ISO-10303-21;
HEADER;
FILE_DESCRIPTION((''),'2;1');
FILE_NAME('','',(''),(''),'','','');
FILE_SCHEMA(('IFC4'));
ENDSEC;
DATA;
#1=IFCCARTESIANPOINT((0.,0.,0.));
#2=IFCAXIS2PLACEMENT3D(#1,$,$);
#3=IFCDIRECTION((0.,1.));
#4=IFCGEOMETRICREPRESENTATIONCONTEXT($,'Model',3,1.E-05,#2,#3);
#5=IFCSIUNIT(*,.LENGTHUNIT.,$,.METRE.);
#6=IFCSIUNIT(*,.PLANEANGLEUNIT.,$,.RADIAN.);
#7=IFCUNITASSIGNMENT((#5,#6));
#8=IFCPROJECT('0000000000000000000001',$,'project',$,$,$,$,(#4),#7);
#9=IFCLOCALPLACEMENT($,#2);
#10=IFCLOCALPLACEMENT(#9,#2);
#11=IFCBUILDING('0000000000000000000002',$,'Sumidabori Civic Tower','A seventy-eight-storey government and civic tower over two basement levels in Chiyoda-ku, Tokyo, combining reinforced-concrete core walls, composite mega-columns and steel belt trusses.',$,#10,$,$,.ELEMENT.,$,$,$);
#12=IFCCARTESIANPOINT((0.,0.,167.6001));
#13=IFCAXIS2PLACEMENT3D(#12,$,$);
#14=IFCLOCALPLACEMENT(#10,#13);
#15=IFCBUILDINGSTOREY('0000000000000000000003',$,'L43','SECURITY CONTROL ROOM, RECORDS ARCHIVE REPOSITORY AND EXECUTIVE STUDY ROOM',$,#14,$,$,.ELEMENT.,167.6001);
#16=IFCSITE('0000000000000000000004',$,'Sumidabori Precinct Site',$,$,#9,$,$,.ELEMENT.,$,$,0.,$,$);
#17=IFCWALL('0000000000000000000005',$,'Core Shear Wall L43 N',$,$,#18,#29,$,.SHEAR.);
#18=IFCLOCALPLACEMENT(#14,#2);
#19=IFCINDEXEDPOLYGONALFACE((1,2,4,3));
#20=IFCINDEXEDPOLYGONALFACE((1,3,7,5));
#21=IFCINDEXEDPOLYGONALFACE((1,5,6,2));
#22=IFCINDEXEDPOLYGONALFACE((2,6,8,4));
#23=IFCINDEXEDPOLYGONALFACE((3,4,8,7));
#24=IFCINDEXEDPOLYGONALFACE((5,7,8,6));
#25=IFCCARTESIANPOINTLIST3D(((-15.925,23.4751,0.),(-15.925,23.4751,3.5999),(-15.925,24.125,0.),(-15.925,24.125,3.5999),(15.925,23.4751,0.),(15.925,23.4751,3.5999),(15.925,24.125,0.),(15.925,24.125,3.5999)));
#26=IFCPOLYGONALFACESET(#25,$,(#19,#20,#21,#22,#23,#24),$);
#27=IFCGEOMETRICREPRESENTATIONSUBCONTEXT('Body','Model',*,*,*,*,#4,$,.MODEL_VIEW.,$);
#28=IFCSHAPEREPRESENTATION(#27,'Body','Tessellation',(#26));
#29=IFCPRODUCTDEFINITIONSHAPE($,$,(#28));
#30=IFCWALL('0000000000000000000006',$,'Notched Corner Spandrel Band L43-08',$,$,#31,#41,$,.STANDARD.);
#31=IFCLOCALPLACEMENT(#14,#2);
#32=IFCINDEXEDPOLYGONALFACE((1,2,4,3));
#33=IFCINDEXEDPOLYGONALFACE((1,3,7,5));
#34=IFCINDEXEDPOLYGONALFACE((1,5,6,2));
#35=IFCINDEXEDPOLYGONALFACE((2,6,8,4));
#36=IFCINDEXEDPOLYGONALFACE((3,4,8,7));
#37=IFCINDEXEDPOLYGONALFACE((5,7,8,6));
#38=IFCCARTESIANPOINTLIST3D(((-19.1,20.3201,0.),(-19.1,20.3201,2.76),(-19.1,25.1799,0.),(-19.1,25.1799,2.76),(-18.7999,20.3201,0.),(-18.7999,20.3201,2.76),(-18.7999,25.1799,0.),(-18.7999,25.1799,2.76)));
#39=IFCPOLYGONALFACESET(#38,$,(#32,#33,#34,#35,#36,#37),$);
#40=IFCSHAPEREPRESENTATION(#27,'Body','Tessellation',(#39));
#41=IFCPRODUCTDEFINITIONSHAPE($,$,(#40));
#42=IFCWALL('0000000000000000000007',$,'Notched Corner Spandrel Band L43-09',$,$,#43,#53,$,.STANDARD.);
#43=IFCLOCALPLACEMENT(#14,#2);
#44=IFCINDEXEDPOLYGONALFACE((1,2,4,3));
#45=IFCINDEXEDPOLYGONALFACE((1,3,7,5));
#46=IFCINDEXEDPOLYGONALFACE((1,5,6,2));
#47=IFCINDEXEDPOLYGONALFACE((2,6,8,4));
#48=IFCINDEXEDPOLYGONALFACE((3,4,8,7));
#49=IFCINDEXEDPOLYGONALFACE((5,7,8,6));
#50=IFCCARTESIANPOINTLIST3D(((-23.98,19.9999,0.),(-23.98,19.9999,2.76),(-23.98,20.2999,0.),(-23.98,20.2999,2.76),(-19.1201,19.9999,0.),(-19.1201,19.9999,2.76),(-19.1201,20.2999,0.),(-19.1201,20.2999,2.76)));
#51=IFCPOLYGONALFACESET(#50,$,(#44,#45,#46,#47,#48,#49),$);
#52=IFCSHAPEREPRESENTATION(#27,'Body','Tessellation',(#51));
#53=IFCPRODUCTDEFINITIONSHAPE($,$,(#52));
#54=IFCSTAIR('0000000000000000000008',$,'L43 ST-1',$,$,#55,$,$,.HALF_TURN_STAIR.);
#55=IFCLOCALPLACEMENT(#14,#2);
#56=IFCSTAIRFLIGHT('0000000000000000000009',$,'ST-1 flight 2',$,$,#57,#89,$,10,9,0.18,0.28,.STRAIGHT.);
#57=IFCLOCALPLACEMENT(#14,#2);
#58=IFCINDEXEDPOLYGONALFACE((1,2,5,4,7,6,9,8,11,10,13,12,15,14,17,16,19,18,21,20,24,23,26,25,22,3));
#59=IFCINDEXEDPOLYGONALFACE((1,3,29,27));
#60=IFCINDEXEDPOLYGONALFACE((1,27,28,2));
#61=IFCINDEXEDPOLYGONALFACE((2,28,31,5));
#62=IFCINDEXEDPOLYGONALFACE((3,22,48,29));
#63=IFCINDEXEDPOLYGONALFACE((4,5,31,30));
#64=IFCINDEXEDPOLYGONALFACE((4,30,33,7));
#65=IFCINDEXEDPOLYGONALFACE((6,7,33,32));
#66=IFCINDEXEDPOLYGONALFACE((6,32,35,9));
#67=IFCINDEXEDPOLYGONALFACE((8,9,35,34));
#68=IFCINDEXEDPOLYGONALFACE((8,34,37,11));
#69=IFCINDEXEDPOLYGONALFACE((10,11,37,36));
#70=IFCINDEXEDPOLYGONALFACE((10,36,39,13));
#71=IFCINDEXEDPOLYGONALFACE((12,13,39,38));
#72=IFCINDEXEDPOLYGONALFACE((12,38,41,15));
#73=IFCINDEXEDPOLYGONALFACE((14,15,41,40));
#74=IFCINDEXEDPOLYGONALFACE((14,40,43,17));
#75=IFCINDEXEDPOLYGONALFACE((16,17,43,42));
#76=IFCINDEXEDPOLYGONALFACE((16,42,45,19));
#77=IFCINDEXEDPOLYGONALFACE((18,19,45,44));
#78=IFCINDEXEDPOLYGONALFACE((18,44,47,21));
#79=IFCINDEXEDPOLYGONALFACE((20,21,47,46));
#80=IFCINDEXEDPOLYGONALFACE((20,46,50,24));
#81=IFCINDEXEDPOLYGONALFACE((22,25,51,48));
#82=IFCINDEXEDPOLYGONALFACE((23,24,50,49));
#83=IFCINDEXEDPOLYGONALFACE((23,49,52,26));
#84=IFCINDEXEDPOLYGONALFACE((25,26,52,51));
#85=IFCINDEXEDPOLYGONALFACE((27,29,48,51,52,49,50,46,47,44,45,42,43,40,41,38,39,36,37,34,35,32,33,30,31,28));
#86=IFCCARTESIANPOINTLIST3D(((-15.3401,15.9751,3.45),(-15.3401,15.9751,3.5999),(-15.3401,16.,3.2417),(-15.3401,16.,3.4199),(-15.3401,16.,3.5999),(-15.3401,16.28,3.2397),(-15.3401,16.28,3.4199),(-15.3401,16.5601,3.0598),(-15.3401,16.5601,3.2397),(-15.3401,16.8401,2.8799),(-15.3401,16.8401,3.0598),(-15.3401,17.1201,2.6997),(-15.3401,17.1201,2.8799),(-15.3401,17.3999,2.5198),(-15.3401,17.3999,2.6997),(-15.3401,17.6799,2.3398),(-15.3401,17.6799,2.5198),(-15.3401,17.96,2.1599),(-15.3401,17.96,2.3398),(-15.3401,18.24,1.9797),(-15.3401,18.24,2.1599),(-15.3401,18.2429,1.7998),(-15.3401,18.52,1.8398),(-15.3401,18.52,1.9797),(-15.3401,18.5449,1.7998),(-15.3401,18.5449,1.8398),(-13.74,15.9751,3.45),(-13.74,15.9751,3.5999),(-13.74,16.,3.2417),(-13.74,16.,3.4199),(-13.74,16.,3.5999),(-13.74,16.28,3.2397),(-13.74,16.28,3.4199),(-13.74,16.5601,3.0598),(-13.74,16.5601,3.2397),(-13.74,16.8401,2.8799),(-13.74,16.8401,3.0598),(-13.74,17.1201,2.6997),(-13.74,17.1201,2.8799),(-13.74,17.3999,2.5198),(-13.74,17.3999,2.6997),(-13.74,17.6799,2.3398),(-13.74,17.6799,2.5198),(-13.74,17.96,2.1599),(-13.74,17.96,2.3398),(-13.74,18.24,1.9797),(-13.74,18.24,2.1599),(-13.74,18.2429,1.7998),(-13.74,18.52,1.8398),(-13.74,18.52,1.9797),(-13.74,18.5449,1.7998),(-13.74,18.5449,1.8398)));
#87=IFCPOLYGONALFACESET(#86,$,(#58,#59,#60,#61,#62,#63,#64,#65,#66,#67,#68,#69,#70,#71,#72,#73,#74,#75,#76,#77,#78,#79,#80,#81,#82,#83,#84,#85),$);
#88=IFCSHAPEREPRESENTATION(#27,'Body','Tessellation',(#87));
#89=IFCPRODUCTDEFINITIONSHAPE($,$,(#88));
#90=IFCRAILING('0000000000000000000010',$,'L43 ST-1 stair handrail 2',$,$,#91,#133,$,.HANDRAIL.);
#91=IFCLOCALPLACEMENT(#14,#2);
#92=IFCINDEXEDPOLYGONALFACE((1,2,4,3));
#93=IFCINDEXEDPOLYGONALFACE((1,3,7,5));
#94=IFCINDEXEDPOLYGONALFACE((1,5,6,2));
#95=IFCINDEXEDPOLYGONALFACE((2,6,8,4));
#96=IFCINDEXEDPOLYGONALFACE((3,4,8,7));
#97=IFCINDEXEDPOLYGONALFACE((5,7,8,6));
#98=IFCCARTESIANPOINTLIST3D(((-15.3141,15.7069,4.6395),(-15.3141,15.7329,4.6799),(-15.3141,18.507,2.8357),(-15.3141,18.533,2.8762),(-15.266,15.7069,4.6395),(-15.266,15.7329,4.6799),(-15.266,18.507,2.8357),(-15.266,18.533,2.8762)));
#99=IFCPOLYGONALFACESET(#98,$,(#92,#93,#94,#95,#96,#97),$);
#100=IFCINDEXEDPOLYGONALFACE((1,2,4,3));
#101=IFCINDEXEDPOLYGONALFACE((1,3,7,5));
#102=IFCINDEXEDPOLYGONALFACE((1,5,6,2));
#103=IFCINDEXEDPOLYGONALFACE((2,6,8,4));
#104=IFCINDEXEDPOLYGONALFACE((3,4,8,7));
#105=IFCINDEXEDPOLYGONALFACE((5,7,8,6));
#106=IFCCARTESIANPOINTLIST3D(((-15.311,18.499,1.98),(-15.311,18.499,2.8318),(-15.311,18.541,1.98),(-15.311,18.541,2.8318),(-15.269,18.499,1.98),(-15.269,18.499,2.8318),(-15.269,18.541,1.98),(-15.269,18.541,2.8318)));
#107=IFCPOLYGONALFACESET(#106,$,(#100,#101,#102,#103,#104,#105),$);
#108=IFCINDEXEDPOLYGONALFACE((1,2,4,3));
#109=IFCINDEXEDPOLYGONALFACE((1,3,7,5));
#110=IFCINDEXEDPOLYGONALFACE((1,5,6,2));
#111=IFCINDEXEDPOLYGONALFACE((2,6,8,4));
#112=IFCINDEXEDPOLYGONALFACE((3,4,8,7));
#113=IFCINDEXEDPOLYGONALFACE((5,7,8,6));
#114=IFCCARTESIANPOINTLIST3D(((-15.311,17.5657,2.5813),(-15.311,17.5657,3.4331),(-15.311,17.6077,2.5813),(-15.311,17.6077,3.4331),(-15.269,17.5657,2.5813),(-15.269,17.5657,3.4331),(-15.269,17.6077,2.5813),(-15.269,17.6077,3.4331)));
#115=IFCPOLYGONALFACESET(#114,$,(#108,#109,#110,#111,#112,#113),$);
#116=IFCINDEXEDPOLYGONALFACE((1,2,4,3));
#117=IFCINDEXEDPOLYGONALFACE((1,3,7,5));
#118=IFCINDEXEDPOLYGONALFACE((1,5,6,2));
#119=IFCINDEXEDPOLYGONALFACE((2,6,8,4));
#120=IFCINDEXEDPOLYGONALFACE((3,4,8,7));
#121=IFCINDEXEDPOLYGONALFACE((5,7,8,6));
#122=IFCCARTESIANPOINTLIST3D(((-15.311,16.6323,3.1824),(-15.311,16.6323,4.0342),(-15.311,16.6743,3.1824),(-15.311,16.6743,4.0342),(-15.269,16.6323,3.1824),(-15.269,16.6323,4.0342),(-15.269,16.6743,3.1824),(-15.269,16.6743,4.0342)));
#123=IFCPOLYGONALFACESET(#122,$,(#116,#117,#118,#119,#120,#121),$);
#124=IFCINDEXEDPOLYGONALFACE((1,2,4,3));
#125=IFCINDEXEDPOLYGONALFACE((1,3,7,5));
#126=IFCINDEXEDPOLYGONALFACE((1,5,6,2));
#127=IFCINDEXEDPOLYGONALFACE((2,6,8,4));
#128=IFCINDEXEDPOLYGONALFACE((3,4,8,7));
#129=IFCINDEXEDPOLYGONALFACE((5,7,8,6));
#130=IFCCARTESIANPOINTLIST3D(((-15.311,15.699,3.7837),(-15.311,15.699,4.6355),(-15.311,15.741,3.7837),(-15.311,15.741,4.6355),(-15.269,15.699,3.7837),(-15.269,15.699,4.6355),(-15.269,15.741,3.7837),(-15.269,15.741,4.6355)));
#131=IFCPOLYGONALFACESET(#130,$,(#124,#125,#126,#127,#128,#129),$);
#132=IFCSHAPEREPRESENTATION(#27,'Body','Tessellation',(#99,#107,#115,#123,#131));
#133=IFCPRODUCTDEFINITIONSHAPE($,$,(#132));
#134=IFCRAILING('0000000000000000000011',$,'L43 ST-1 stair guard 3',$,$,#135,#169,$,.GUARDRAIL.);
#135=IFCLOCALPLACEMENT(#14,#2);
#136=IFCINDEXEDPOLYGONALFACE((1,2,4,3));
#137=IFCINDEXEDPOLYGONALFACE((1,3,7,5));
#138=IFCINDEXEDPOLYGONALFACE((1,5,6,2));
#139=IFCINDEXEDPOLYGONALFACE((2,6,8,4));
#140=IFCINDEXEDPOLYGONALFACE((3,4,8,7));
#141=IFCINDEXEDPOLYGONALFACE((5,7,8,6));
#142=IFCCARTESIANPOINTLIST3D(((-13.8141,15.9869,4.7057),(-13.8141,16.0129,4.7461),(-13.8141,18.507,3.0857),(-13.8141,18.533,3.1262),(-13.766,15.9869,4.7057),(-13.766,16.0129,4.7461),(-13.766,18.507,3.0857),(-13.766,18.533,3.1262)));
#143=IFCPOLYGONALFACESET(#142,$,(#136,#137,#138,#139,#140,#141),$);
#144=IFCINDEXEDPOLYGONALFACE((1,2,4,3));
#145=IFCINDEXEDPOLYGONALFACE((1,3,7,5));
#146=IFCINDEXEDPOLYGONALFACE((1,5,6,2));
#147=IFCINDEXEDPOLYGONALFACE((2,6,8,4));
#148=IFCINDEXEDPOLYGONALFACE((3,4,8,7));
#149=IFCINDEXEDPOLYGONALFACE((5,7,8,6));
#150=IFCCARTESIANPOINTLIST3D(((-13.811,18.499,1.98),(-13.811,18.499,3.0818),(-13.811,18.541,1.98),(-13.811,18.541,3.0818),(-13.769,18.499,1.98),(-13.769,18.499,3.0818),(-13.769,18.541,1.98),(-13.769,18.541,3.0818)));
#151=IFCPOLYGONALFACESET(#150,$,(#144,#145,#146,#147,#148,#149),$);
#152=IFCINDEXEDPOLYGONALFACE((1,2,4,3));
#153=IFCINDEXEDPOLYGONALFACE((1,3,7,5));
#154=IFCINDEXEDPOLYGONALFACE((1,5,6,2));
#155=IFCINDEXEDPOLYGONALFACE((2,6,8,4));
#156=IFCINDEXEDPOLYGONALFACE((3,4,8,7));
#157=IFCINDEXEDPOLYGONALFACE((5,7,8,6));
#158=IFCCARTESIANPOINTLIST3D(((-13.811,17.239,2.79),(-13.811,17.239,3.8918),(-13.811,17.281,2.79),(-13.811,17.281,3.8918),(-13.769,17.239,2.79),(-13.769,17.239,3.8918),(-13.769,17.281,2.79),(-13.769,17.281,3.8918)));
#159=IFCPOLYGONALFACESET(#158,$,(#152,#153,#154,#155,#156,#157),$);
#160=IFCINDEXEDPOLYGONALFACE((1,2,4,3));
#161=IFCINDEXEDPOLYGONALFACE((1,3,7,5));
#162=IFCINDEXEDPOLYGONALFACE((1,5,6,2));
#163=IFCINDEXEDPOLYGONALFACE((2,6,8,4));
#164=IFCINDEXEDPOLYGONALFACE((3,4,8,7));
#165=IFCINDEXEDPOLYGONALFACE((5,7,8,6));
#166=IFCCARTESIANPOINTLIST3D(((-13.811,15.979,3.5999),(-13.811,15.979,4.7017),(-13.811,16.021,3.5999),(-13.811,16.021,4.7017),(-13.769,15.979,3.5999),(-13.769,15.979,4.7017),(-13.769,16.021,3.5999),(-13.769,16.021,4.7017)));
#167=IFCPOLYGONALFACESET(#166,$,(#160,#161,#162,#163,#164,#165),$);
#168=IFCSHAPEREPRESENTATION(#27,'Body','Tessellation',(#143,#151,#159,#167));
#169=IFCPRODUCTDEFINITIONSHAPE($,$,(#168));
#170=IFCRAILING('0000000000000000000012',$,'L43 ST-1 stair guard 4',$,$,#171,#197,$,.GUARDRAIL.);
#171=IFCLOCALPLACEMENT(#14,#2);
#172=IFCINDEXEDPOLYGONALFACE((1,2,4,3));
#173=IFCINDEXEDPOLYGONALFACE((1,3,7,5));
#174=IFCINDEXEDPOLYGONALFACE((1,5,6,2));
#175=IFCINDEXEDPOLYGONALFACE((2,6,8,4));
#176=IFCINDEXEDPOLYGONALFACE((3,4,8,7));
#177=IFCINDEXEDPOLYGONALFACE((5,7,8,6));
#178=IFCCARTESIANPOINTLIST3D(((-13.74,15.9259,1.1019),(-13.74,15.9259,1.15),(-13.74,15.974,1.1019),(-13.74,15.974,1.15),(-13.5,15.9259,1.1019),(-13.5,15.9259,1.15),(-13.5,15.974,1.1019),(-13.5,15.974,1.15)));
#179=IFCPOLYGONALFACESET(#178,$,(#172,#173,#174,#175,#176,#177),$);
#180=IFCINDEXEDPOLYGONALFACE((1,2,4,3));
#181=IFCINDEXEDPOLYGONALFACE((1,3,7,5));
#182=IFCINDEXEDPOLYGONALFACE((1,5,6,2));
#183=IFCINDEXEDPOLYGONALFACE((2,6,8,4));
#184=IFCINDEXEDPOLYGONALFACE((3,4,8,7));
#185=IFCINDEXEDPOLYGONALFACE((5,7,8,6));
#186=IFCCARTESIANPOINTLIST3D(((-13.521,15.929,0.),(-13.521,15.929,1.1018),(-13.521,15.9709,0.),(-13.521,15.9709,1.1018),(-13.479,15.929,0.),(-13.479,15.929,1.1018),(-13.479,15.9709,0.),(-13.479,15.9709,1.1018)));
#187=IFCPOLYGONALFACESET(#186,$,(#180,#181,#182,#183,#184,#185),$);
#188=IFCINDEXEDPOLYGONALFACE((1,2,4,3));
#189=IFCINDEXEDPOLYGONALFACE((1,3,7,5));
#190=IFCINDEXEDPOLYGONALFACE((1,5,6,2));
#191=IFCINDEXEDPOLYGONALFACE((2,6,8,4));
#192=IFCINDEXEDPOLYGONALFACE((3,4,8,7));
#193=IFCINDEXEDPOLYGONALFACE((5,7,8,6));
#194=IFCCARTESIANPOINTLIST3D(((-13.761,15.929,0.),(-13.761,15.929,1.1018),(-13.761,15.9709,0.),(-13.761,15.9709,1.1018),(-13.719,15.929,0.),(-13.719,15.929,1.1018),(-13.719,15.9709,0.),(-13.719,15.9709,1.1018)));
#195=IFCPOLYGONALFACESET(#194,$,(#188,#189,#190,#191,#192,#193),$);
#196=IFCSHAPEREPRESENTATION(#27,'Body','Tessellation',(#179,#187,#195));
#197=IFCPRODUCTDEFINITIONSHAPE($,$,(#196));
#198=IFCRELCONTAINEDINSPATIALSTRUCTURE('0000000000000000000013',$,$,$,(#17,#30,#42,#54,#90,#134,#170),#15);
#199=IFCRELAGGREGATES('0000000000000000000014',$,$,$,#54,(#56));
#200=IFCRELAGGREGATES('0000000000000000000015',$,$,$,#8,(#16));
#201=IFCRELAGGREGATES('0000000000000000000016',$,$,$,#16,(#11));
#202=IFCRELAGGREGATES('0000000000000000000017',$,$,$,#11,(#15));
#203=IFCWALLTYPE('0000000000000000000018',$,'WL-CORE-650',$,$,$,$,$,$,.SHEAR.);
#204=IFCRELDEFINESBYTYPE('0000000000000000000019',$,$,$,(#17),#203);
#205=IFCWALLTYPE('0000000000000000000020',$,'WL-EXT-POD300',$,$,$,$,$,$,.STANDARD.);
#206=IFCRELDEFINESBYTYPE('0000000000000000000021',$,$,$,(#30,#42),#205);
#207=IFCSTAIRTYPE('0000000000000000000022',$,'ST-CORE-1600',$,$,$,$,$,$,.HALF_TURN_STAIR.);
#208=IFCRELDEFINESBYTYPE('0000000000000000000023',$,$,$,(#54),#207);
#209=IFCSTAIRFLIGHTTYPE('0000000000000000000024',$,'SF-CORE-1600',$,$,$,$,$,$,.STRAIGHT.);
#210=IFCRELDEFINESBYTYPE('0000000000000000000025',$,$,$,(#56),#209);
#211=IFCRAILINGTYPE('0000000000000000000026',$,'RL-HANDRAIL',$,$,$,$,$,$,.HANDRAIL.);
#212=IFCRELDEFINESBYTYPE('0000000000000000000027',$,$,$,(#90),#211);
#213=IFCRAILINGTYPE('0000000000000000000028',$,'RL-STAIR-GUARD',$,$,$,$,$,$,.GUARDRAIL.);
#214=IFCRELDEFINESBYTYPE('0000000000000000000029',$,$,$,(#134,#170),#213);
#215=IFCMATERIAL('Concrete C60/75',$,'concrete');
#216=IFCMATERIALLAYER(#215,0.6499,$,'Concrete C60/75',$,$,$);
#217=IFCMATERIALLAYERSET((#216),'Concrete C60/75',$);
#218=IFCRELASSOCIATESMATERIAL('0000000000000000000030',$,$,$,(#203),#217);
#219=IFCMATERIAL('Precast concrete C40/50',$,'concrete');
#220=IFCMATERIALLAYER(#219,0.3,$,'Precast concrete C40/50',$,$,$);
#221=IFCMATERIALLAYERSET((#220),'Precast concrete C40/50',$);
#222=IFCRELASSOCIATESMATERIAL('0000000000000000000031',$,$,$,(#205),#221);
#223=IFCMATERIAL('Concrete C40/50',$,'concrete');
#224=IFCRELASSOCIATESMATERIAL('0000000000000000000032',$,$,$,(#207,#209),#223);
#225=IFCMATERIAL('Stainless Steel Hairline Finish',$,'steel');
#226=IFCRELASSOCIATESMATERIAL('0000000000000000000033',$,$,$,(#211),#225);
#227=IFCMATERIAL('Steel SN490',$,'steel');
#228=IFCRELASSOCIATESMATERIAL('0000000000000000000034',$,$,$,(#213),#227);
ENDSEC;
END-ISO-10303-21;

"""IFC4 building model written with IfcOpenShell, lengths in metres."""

from ifc_helpers import new_model, si_unit, direction, frame, frame_2d, origin, origin_2d, place, context, subcontext, project, spatial, polyline, rectangle, outline, extrude, source, transform, mapped, material, layer, layer_set, type_object, element, aggregate, save


model = new_model("IFC4")

# Units and contexts
model_context = context("Model", 3, precision=1e-05, world=origin(), true_north=direction((0.0, 1.0)))
body_context = subcontext(model_context, "Body", "Model", "MODEL_VIEW")
ifc_project = project(units=[si_unit("LENGTHUNIT", "METRE"), si_unit("PLANEANGLEUNIT", "RADIAN")], contexts=[model_context])

# Site, building, storey
site_placement = place(None, origin())
site = spatial("IfcSite", under=ifc_project, at=site_placement, Name="Sumidabori Precinct Site", CompositionType="ELEMENT", RefElevation=0.0)
building_placement = place(site_placement, origin())
building = spatial("IfcBuilding", under=site, at=building_placement, Name="Sumidabori Civic Tower", Description="A seventy-eight-storey government and civic tower over two basement levels in Chiyoda-ku, Tokyo, combining reinforced-concrete core walls, composite mega-columns and steel belt trusses.", CompositionType="ELEMENT")
storey_placement = place(building_placement, frame((0.0, 0.0, 167.6001)))
storey = spatial("IfcBuildingStorey", under=building, at=storey_placement, Name="L43", Description="SECURITY CONTROL ROOM, RECORDS ARCHIVE REPOSITORY AND EXECUTIVE STUDY ROOM", CompositionType="ELEMENT", Elevation=167.6001)

# Shared definitions
ifc_material_1 = material(Name="Concrete C60/75", Category="concrete")

# Shared definitions
ifc_material_2 = material(Name="Steel SN490", Category="steel")

# Walls
ifc_layer_1 = layer(ifc_material_1, 0.6499, Name="Concrete C60/75")
ifc_layer_set_1 = layer_set([ifc_layer_1], Name="Concrete C60/75")
wall_type_1 = type_object("IfcWallType", Name="WL-CORE-650", PredefinedType="SHEAR", material=ifc_layer_set_1)
shared_shape_1 = source(origin(), body_context, "Body", "SweptSolid", [
    extrude(rectangle(XDim=31.8501, YDim=0.6499, at=frame_2d((15.925, 0.0))), origin(), (0.0, 0.0, 1.0), 3.5999),
])
wall_placement = place(storey_placement, frame((-15.925, 23.8, 0.0), z_axis=(0.0, 0.0, 1.0), x_axis=(1.0, 0.0, 0.0)))
element("IfcWall", 1, at=wall_placement, inside=storey, type_object=wall_type_1, Name="Core Shear Wall L43 N", PredefinedType="SHEAR", context=body_context, shape_type="MappedRepresentation", body=[
    mapped(shared_shape_1, transform((0.0, 0.0, 0.0), x_axis=(1.0, 0.0, 0.0), y_axis=(0.0, 1.0, 0.0), z_axis=(0.0, 0.0, 1.0), scale=1.0)),
])
ifc_material_3 = material(Name="Precast concrete C40/50", Category="concrete")
ifc_layer_2 = layer(ifc_material_3, 0.3, Name="Precast concrete C40/50")
ifc_layer_set_2 = layer_set([ifc_layer_2], Name="Precast concrete C40/50")
wall_type_2 = type_object("IfcWallType", Name="WL-EXT-POD300", PredefinedType="STANDARD", material=ifc_layer_set_2)
shared_shape_2 = source(origin(), body_context, "Body", "SweptSolid", [
    extrude(rectangle(XDim=4.8599, YDim=0.3, at=frame_2d((2.4299, 0.0))), origin(), (0.0, 0.0, 1.0), 2.76),
])
for number, where, z_axis, x_axis, name in (
    (2, (-18.95, 25.1799, 0.0), (0.0, 0.0, 1.0), (0.0, -1.0, 0.0), "Notched Corner Spandrel Band L43-08"),
    (3, (-19.1201, 20.1499, 0.0), (0.0, 0.0, 1.0), (-1.0, 0.0, 0.0), "Notched Corner Spandrel Band L43-09"),
):
    element("IfcWall", number, at=place(storey_placement, frame(where, z_axis=z_axis, x_axis=x_axis)), inside=storey, type_object=wall_type_2, Name=name, PredefinedType="STANDARD", context=body_context, shape_type="MappedRepresentation", body=[
        mapped(shared_shape_2, transform((0.0, 0.0, 0.0), x_axis=(1.0, 0.0, 0.0), y_axis=(0.0, 1.0, 0.0), z_axis=(0.0, 0.0, 1.0), scale=1.0)),
    ])

# Stair, stair flight
ifc_material_4 = material(Name="Concrete C40/50", Category="concrete")
stair_type = type_object("IfcStairType", Name="ST-CORE-1600", PredefinedType="HALF_TURN_STAIR", material=ifc_material_4)
stair_placement = place(storey_placement, origin())
stair = element("IfcStair", 4, at=stair_placement, inside=storey, type_object=stair_type, Name="L43 ST-1", PredefinedType="HALF_TURN_STAIR")
stair_flight_type = type_object("IfcStairFlightType", Name="SF-CORE-1600", PredefinedType="STRAIGHT", material=ifc_material_4)
shared_shape_3 = source(origin(), body_context, "Body", "SweptSolid", [
    extrude(outline(polyline([(-0.0249, 0.0), (-0.0249, 0.04), (0.0, 0.04), (0.0, 0.1799), (0.28, 0.1799), (0.28, 0.3601), (0.5601, 0.3601), (0.5601, 0.54), (0.8401, 0.54), (0.8401, 0.72), (1.1201, 0.72), (1.1201, 0.8999), (1.3999, 0.8999), (1.3999, 1.0801), (1.6799, 1.0801), (1.6799, 1.26), (1.96, 1.26), (1.96, 1.4399), (2.24, 1.4399), (2.24, 1.6201), (2.52, 1.6201), (2.52, 1.8), (2.5449, 1.8), (2.5449, 1.6501), (2.52, 1.4419), (0.2771, 0.0), (-0.0249, 0.0)])), frame((0.0, 0.8, 0.0), z_axis=(0.0, -1.0, 0.0), x_axis=(1.0, 0.0, 0.0)), (0.0, 0.0, 1.0), 1.6001),
])
stair_flight_placement = place(storey_placement, frame((-14.54, 18.52, 1.7998), z_axis=(0.0, 0.0, 1.0), x_axis=(0.0, -1.0, 0.0)))
stair_flight = element("IfcStairFlight", 5, at=stair_flight_placement, type_object=stair_flight_type, Name="ST-1 flight 2", NumberOfRisers=10, NumberOfTreads=9, PredefinedType="STRAIGHT", RiserHeight=0.18, TreadLength=0.28, context=body_context, shape_type="MappedRepresentation", body=[
    mapped(shared_shape_3, transform((0.0, 0.0, 0.0), x_axis=(1.0, 0.0, 0.0), y_axis=(0.0, 1.0, 0.0), z_axis=(0.0, 0.0, 1.0), scale=1.0)),
])
aggregate(stair, [stair_flight])

# Railings
ifc_material_5 = material(Name="Stainless Steel Hairline Finish", Category="steel")
railing_type_1 = type_object("IfcRailingType", Name="RL-HANDRAIL", PredefinedType="HANDRAIL", material=ifc_material_5)
railing_1_placement = place(storey_placement, frame((-15.29, 18.52, 1.98)))
element("IfcRailing", 6, at=railing_1_placement, inside=storey, type_object=railing_type_1, Name="L43 ST-1 stair handrail 2", PredefinedType="HANDRAIL", context=body_context, shape_type="SweptSolid", body=[
    extrude(rectangle(XDim=0.0481, YDim=0.0481, at=origin_2d()), frame((0.0, 0.0, 0.876), z_axis=(0.0, -0.840676, 0.541539), x_axis=(1.0, 0.0, 0.0)), (0.0, 0.0, 1.0), 3.3308),
    extrude(rectangle(XDim=0.042, YDim=0.042, at=origin_2d()), origin(), (0.0, 0.0, 1.0), 0.8518),
    extrude(rectangle(XDim=0.042, YDim=0.042, at=origin_2d()), frame((0.0, -0.9333, 0.6013)), (0.0, 0.0, 1.0), 0.8518),
    extrude(rectangle(XDim=0.042, YDim=0.042, at=origin_2d()), frame((0.0, -1.8667, 1.2024)), (0.0, 0.0, 1.0), 0.8518),
    extrude(rectangle(XDim=0.042, YDim=0.042, at=origin_2d()), frame((0.0, -2.8, 1.8037)), (0.0, 0.0, 1.0), 0.8518),
])
railing_type_2 = type_object("IfcRailingType", Name="RL-STAIR-GUARD", PredefinedType="GUARDRAIL", material=ifc_material_2)
railing_2_placement = place(storey_placement, frame((-13.79, 18.52, 1.98)))
element("IfcRailing", 7, at=railing_2_placement, inside=storey, type_object=railing_type_2, Name="L43 ST-1 stair guard 3", PredefinedType="GUARDRAIL", context=body_context, shape_type="SweptSolid", body=[
    extrude(rectangle(XDim=0.0481, YDim=0.0481, at=origin_2d()), frame((0.0, 0.0, 1.126), z_axis=(0.0, -0.8412, 0.540725), x_axis=(1.0, 0.0, 0.0)), (0.0, 0.0, 1.0), 2.9958),
    extrude(rectangle(XDim=0.042, YDim=0.042, at=origin_2d()), origin(), (0.0, 0.0, 1.0), 1.1018),
    extrude(rectangle(XDim=0.042, YDim=0.042, at=origin_2d()), frame((0.0, -1.26, 0.8101)), (0.0, 0.0, 1.0), 1.1018),
    extrude(rectangle(XDim=0.042, YDim=0.042, at=origin_2d()), frame((0.0, -2.52, 1.6199)), (0.0, 0.0, 1.0), 1.1018),
])
railing_3_placement = place(storey_placement, frame((-13.5, 15.95, 0.0)))
element("IfcRailing", 8, at=railing_3_placement, inside=storey, type_object=railing_type_2, Name="L43 ST-1 stair guard 4", PredefinedType="GUARDRAIL", context=body_context, shape_type="SweptSolid", body=[
    extrude(rectangle(XDim=0.0481, YDim=0.0481, at=origin_2d()), frame((0.0, 0.0, 1.126), z_axis=(-1.0, 0.0, 0.0), x_axis=(0.0, -1.0, 0.0)), (0.0, 0.0, 1.0), 0.24),
    extrude(rectangle(XDim=0.042, YDim=0.042, at=origin_2d()), origin(), (0.0, 0.0, 1.0), 1.1018),
    extrude(rectangle(XDim=0.042, YDim=0.042, at=origin_2d()), frame((-0.24, 0.0, 0.0)), (0.0, 0.0, 1.0), 1.1018),
])

save(model, "model.ifc")
